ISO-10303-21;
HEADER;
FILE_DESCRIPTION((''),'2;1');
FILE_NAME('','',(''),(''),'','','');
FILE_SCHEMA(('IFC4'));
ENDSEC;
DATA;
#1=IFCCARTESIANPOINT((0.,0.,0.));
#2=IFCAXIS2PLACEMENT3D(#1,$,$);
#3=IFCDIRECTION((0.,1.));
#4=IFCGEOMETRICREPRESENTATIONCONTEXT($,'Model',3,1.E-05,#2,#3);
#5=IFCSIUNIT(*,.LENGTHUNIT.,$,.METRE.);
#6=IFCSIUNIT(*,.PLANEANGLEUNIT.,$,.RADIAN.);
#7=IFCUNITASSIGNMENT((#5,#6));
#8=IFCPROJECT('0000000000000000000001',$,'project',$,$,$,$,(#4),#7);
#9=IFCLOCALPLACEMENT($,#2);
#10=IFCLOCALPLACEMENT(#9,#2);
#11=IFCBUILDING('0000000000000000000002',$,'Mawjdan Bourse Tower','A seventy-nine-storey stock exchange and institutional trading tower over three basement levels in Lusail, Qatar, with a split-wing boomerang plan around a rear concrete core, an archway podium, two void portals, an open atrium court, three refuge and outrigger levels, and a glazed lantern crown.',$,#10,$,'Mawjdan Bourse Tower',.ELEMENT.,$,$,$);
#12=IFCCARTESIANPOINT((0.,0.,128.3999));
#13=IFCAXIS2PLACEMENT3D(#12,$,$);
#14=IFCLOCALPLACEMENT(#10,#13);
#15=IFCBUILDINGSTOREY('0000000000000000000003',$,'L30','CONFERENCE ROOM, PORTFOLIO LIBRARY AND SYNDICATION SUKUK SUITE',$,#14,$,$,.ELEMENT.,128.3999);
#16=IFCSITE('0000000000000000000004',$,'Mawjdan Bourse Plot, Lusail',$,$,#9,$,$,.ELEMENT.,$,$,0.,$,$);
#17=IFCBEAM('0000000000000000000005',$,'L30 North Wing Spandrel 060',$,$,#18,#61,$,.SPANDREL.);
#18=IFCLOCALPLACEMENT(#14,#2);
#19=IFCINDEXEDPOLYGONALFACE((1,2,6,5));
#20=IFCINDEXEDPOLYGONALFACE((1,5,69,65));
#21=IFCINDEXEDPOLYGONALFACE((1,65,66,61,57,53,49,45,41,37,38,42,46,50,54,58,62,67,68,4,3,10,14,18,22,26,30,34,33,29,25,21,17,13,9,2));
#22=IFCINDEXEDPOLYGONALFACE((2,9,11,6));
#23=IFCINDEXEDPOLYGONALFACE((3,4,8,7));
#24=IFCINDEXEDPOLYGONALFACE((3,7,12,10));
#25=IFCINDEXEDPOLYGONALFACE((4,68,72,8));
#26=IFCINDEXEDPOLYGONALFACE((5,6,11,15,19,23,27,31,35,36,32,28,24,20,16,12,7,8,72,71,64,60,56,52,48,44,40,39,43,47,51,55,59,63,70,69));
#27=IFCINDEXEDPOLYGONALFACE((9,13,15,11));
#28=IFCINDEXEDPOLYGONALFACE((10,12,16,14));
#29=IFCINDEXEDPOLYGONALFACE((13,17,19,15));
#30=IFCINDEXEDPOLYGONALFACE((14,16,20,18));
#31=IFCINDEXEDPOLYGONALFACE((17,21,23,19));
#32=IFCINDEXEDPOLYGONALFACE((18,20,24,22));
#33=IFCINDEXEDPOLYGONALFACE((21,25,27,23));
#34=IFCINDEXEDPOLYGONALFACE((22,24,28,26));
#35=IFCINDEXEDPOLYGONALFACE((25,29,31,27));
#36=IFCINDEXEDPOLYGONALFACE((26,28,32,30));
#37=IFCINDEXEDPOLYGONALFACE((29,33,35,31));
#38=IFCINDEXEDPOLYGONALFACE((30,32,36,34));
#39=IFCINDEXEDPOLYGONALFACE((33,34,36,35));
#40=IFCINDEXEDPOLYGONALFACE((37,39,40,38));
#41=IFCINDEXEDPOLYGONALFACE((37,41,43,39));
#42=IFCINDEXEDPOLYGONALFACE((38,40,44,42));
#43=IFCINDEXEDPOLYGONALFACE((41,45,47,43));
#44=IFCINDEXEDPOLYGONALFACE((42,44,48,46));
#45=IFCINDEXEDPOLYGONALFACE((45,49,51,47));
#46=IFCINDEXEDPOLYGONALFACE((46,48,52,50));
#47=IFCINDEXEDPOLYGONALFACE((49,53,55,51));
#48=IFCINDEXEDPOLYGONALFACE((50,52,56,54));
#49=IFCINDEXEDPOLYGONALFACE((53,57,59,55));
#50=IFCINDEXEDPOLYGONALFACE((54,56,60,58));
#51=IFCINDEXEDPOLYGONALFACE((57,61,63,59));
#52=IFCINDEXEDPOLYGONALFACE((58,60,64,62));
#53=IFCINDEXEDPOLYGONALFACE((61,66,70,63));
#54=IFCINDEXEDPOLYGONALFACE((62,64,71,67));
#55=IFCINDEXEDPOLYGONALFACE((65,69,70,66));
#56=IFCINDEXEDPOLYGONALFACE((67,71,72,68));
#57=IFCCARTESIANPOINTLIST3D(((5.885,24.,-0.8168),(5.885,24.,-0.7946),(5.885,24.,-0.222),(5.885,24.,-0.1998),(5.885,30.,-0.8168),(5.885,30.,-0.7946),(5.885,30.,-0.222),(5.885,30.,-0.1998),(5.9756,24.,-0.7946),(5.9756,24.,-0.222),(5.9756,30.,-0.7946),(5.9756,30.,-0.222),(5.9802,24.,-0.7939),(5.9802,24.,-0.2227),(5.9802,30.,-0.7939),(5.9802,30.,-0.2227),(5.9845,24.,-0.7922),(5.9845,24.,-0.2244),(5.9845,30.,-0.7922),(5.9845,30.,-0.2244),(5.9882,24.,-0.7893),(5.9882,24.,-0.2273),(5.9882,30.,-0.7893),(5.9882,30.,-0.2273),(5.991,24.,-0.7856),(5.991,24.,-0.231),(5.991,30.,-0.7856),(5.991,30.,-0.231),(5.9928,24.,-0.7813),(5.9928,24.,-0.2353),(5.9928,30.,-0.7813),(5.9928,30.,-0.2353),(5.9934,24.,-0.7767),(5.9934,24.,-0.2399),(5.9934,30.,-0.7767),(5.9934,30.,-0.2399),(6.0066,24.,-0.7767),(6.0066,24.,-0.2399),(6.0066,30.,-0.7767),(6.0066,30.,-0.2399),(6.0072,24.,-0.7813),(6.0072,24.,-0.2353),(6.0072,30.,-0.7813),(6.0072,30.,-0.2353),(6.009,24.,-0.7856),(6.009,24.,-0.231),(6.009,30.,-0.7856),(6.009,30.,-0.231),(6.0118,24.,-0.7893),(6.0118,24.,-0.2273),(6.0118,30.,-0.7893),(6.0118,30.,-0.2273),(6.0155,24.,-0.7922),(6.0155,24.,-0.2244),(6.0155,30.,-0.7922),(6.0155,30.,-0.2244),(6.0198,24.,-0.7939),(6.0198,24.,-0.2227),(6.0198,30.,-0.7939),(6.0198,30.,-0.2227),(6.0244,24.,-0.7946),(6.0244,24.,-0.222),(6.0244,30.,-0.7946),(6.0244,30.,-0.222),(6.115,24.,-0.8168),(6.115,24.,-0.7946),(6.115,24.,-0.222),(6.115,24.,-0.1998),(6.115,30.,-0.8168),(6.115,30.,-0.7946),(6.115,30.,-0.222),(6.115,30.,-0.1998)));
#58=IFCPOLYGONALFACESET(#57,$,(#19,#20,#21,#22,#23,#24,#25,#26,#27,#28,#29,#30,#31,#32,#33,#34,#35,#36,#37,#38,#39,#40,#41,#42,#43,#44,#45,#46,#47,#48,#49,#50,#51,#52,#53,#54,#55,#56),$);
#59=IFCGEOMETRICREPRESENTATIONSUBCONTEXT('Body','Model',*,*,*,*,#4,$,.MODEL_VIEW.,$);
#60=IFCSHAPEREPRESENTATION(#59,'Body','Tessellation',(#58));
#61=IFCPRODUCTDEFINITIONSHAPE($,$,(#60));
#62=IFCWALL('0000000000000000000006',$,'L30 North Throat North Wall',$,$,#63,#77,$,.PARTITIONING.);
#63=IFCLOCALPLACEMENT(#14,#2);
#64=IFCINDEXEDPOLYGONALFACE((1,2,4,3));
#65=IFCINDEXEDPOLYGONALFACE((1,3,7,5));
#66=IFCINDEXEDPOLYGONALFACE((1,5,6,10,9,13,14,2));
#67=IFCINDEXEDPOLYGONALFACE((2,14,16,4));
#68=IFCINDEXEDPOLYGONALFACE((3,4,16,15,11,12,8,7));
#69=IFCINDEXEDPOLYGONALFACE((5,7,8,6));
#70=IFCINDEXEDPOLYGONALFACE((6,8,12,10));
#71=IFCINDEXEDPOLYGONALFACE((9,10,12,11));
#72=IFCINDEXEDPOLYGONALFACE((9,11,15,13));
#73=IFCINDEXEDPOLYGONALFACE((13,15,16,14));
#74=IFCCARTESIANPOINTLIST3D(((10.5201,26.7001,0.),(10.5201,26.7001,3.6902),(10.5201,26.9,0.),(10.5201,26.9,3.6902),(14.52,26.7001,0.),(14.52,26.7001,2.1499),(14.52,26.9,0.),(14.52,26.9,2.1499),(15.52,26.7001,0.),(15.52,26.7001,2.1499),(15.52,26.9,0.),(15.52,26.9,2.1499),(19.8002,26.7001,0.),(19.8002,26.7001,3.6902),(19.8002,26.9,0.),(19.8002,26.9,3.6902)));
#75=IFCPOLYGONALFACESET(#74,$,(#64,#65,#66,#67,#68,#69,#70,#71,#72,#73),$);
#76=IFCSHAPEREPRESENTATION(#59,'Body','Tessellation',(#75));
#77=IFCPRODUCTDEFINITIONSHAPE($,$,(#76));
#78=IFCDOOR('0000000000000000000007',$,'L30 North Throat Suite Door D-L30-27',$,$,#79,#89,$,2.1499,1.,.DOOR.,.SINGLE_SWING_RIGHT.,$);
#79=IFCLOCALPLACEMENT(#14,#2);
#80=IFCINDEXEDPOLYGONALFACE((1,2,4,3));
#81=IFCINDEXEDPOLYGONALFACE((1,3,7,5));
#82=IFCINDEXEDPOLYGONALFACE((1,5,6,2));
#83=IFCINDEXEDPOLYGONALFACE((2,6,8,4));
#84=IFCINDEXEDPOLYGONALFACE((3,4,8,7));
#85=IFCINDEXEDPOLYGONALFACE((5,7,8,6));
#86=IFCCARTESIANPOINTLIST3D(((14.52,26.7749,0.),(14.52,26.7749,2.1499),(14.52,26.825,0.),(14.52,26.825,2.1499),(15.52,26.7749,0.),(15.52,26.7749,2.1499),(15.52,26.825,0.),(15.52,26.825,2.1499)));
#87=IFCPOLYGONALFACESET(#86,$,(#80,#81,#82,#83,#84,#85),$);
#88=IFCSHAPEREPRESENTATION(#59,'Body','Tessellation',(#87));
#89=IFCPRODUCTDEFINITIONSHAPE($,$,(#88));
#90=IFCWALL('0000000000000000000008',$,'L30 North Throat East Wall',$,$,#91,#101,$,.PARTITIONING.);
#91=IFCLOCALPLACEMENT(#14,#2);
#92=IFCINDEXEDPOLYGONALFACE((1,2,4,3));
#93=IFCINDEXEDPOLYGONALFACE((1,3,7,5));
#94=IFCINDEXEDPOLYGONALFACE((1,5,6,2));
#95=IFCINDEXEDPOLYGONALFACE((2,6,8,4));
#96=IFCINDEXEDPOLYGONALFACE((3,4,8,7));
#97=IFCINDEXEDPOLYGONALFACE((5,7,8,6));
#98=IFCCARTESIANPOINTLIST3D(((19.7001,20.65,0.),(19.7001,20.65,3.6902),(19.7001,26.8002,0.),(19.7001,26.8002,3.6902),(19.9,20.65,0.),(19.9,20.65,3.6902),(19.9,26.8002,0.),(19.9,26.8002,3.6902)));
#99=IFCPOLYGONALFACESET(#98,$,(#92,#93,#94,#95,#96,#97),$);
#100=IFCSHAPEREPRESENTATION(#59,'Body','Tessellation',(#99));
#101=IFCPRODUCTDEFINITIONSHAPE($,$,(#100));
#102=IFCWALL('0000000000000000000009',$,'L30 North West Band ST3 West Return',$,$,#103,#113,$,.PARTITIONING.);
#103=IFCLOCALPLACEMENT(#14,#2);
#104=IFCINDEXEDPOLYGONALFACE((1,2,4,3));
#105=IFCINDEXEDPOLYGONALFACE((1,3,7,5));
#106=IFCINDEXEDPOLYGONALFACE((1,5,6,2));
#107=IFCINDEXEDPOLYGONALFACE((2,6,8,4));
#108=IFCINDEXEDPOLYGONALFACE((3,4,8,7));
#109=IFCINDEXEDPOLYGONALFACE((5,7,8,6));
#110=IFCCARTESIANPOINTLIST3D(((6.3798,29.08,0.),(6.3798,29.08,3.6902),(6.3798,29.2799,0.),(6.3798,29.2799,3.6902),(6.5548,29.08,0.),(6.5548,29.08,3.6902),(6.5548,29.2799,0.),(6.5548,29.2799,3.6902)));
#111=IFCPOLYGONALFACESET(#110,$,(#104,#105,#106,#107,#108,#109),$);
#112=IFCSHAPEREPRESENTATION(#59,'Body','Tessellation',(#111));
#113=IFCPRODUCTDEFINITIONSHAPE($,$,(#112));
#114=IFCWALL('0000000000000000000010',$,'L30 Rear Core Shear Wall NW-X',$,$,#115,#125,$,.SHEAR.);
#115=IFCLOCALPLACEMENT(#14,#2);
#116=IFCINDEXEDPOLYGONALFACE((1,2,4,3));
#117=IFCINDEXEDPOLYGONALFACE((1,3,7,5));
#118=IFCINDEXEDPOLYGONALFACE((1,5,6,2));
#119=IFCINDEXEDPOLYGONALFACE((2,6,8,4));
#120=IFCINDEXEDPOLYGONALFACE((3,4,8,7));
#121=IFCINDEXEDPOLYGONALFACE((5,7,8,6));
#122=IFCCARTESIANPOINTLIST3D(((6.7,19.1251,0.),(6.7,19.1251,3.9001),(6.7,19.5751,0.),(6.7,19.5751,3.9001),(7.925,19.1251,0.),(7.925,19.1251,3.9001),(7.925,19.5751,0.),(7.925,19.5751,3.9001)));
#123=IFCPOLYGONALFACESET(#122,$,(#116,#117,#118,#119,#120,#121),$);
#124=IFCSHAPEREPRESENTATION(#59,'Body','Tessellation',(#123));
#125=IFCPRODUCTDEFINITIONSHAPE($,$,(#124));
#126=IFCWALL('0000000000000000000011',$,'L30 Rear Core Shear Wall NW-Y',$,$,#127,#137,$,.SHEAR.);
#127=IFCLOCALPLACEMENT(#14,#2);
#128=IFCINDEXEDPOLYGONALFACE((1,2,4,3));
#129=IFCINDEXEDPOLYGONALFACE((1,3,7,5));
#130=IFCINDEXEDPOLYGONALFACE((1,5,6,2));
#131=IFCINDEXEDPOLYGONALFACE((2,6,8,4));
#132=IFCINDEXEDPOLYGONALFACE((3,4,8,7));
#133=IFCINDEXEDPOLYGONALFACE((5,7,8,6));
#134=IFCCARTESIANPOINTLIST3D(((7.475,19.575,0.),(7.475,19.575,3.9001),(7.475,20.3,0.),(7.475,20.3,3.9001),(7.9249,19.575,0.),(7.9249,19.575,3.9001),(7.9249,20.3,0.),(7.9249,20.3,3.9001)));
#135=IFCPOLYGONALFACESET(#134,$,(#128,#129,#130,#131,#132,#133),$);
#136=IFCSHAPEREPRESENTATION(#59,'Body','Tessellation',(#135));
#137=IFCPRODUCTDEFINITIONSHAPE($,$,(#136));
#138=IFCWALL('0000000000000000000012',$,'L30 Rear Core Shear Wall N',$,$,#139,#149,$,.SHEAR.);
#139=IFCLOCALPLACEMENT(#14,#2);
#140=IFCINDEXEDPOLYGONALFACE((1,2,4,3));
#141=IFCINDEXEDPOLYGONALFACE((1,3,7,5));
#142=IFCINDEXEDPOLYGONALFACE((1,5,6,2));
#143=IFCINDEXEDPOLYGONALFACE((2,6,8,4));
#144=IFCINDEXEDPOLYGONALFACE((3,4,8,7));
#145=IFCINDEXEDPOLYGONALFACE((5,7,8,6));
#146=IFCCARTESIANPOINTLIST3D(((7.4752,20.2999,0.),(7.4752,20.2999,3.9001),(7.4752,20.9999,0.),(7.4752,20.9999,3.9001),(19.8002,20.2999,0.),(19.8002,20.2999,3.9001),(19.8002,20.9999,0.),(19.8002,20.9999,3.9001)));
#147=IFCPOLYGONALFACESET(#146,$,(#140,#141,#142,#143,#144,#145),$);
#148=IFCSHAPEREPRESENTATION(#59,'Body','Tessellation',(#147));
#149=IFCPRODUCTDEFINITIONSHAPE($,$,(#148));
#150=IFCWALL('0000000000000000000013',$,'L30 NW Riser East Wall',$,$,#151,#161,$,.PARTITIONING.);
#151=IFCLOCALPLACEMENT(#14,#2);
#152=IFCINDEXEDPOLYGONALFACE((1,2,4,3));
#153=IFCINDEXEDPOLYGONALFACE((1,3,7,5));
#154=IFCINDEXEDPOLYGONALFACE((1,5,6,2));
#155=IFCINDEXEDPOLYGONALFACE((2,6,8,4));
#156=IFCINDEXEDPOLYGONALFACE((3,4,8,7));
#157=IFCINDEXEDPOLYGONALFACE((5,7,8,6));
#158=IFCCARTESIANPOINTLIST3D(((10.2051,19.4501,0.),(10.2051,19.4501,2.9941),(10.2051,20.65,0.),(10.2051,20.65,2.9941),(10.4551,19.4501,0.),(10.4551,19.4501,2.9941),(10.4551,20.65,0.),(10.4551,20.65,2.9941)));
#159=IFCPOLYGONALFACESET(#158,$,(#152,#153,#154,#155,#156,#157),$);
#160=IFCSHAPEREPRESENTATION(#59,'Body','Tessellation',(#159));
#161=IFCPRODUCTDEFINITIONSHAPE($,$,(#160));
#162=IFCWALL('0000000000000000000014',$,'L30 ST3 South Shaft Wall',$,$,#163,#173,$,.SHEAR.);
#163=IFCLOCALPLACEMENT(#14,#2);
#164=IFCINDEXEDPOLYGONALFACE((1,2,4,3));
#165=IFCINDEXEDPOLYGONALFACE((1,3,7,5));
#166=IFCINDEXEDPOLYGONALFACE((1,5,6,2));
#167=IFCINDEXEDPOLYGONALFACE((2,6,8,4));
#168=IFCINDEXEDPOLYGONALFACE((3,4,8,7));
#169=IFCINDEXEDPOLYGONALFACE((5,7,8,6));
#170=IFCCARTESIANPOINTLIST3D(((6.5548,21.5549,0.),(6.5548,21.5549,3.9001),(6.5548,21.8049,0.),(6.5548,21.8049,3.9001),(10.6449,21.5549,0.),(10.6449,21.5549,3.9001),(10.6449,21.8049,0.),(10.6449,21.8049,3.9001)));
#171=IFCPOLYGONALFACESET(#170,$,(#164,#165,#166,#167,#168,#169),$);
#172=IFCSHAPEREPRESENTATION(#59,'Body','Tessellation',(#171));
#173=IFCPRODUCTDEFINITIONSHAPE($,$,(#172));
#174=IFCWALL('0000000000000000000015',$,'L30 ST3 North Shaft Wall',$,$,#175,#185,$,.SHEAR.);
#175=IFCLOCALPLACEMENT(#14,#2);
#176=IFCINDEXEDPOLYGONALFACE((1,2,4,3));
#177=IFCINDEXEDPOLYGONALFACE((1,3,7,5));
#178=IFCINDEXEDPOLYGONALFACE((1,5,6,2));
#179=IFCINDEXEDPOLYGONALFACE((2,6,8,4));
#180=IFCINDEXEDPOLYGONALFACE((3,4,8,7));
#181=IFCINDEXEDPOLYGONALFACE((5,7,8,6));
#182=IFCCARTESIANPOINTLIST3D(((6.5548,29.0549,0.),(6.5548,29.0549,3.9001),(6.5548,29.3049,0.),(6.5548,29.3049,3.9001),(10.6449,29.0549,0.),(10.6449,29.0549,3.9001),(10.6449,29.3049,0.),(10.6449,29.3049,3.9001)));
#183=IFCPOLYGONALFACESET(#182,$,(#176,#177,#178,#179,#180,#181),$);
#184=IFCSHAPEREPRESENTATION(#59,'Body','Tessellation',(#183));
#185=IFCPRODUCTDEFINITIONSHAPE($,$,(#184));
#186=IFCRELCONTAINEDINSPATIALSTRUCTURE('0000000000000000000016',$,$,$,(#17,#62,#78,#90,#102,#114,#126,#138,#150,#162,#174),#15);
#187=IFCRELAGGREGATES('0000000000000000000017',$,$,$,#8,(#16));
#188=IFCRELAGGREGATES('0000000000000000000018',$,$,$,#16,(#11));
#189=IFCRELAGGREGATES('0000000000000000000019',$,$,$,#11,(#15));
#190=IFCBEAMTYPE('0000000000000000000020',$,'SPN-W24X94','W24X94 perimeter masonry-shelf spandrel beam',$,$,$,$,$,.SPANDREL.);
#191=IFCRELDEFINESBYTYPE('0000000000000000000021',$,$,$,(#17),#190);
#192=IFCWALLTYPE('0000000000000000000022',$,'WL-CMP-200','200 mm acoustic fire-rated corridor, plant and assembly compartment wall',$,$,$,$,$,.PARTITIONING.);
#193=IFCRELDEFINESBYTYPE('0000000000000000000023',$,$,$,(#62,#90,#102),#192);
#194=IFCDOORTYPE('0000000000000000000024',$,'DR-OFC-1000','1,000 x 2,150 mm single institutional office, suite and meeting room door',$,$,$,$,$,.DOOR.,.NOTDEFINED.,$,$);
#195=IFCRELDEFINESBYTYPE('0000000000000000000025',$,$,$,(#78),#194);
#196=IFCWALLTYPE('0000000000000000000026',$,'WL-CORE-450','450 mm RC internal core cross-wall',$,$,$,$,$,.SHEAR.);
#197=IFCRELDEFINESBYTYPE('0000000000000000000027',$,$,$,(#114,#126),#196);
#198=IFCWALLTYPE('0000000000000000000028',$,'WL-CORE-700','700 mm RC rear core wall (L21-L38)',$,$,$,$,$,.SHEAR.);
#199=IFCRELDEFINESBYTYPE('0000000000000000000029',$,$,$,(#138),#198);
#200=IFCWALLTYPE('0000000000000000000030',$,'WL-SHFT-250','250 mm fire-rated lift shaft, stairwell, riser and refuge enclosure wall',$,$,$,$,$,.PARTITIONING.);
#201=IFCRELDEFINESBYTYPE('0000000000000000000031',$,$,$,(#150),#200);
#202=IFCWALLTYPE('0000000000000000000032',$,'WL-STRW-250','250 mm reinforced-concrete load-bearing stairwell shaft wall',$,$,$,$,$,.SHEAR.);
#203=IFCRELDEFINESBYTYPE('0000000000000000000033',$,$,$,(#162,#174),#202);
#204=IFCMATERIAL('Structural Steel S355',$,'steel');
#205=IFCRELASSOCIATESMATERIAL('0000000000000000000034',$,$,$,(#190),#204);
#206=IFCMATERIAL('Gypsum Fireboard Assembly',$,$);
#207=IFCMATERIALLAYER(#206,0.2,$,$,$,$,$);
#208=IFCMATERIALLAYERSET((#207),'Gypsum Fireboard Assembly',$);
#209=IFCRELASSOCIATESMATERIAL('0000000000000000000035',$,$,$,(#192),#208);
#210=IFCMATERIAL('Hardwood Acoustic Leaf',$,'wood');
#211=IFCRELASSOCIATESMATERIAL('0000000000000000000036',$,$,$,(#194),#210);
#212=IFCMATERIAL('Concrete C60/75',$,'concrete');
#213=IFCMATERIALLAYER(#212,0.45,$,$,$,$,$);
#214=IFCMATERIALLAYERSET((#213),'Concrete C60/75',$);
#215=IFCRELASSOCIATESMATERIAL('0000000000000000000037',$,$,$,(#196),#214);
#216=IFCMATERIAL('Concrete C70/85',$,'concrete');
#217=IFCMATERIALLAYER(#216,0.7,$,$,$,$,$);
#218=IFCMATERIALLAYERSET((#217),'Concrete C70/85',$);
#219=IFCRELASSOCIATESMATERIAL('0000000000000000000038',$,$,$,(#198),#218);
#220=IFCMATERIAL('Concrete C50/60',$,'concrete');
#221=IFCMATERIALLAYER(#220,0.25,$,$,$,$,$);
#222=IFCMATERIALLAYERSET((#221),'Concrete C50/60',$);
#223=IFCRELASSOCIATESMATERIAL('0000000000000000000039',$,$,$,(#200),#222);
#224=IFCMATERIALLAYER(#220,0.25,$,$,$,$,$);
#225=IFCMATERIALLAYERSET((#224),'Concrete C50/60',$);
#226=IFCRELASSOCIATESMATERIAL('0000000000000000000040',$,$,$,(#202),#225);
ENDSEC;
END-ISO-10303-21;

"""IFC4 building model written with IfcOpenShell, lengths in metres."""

from ifc_helpers import new_model, si_unit, direction, frame, frame_2d, origin, origin_2d, place, context, subcontext, project, spatial, rectangle, i_section, extrude, material, layer, layer_set, material_profile, profile_set, type_object, element, fill, save


model = new_model("IFC4")

# Units and contexts
model_context = context("Model", 3, precision=1e-05, world=origin(), true_north=direction((0.0, 1.0)))
body_context = subcontext(model_context, "Body", "Model", "MODEL_VIEW")
ifc_project = project(units=[si_unit("LENGTHUNIT", "METRE"), si_unit("PLANEANGLEUNIT", "RADIAN")], contexts=[model_context])

# Site, building, storey
site_placement = place(None, origin())
site = spatial("IfcSite", under=ifc_project, at=site_placement, Name="Mawjdan Bourse Plot, Lusail", CompositionType="ELEMENT", RefElevation=0.0)
building_placement = place(site_placement, origin())
building = spatial("IfcBuilding", under=site, at=building_placement, Name="Mawjdan Bourse Tower", Description="A seventy-nine-storey stock exchange and institutional trading tower over three basement levels in Lusail, Qatar, with a split-wing boomerang plan around a rear concrete core, an archway podium, two void portals, an open atrium court, three refuge and outrigger levels, and a glazed lantern crown.", LongName="Mawjdan Bourse Tower", CompositionType="ELEMENT")
storey_placement = place(building_placement, frame((0.0, 0.0, 128.3999)))
storey = spatial("IfcBuildingStorey", under=building, at=storey_placement, Name="L30", Description="CONFERENCE ROOM, PORTFOLIO LIBRARY AND SYNDICATION SUKUK SUITE", CompositionType="ELEMENT", Elevation=128.3999)

# Shared definitions
ifc_material_1 = material(Name="Concrete C70/85", Category="concrete")

# Beam
ifc_material_2 = material(Name="Structural Steel S355", Category="steel")
ifc_material_profile_1 = material_profile(ifc_material_2, i_section(OverallWidth=0.23, OverallDepth=0.6169, WebThickness=0.0132, FlangeThickness=0.0222, FilletRadius=0.0178, at=origin_2d()), Name="W24X94")
ifc_profile_set_1 = profile_set([ifc_material_profile_1], Name="Structural Steel S355")
beam_type_1 = type_object("IfcBeamType", Name="SPN-W24X94", Description="W24X94 perimeter masonry-shelf spandrel beam", PredefinedType="SPANDREL", material=ifc_profile_set_1)
beam_1_placement = place(storey_placement, frame((6.0, 24.0, -0.5083), z_axis=(0.0, 1.0, 0.0), x_axis=(-1.0, 0.0, 0.0)))
element("IfcBeam", 1, at=beam_1_placement, inside=storey, type_object=beam_type_1, Name="L30 North Wing Spandrel 060", PredefinedType="SPANDREL", context=body_context, shape_type="SweptSolid", body=[
    extrude(i_section(OverallWidth=0.23, OverallDepth=0.6169, WebThickness=0.0132, FlangeThickness=0.0222, FilletRadius=0.0178, at=origin_2d()), origin(), (0.0, 0.0, 1.0), 6.0),
])

# Wall, opening, door
ifc_material_3 = material(Name="Gypsum Fireboard Assembly")
ifc_layer_1 = layer(ifc_material_3, 0.2)
ifc_layer_set_1 = layer_set([ifc_layer_1], Name="Gypsum Fireboard Assembly")
wall_type_1 = type_object("IfcWallType", Name="WL-CMP-200", Description="200 mm acoustic fire-rated corridor, plant and assembly compartment wall", PredefinedType="PARTITIONING", material=ifc_layer_set_1)
wall_1_placement = place(storey_placement, frame((10.52, 26.8, 0.0), z_axis=(0.0, 0.0, 1.0), x_axis=(1.0, 0.0, 0.0)))
wall_1 = element("IfcWall", 2, at=wall_1_placement, inside=storey, type_object=wall_type_1, Name="L30 North Throat North Wall", PredefinedType="PARTITIONING", context=body_context, shape_type="SweptSolid", body=[
    extrude(rectangle(XDim=9.28, YDim=0.2, at=frame_2d((4.6401, 0.0))), origin(), (0.0, 0.0, 1.0), 3.6902),
])
opening_1_placement = place(wall_1_placement, frame((4.0, 0.0, 0.0)))
opening_1 = element("IfcOpeningElement", 3, at=opening_1_placement, cuts=wall_1, PredefinedType="OPENING", context=body_context, shape_type="SweptSolid", body=[
    extrude(rectangle(XDim=1.0, YDim=2.1499, at=frame_2d((0.5, 1.075))), frame((0.0, 0.1099, 0.0), z_axis=(0.0, -1.0, 0.0), x_axis=(1.0, 0.0, 0.0)), (0.0, 0.0, 1.0), 0.22),
])
ifc_material_4 = material(Name="Hardwood Acoustic Leaf", Category="wood")
door_type_1 = type_object("IfcDoorType", Name="DR-OFC-1000", Description="1,000 x 2,150 mm single institutional office, suite and meeting room door", OperationType="NOTDEFINED", PredefinedType="DOOR", material=ifc_material_4)
door_1_placement = place(opening_1_placement, origin())
door_1 = element("IfcDoor", 4, at=door_1_placement, inside=storey, type_object=door_type_1, Name="L30 North Throat Suite Door D-L30-27", OperationType="SINGLE_SWING_RIGHT", OverallHeight=2.1499, OverallWidth=1.0, PredefinedType="DOOR", context=body_context, shape_type="SweptSolid", body=[
    extrude(rectangle(XDim=1.0, YDim=2.1499, at=frame_2d((0.5, 1.075))), frame((0.0, 0.0249, 0.0), z_axis=(0.0, -1.0, 0.0), x_axis=(1.0, 0.0, 0.0)), (0.0, 0.0, 1.0), 0.05),
])
fill(opening_1, door_1)

# Walls
wall_2_placement = place(storey_placement, frame((19.8, 20.6499, 0.0), z_axis=(0.0, 0.0, 1.0), x_axis=(0.0, 1.0, 0.0)))
element("IfcWall", 5, at=wall_2_placement, inside=storey, type_object=wall_type_1, Name="L30 North Throat East Wall", PredefinedType="PARTITIONING", context=body_context, shape_type="SweptSolid", body=[
    extrude(rectangle(XDim=6.1501, YDim=0.2, at=frame_2d((3.0752, 0.0))), origin(), (0.0, 0.0, 1.0), 3.6902),
])
wall_3_placement = place(storey_placement, frame((6.3799, 29.1799, 0.0), z_axis=(0.0, 0.0, 1.0), x_axis=(1.0, 0.0, 0.0)))
element("IfcWall", 6, at=wall_3_placement, inside=storey, type_object=wall_type_1, Name="L30 North West Band ST3 West Return", PredefinedType="PARTITIONING", context=body_context, shape_type="SweptSolid", body=[
    extrude(rectangle(XDim=0.175, YDim=0.2, at=frame_2d((0.0874, 0.0))), origin(), (0.0, 0.0, 1.0), 3.6902),
])
ifc_material_5 = material(Name="Concrete C60/75", Category="concrete")
ifc_layer_2 = layer(ifc_material_5, 0.45)
ifc_layer_set_2 = layer_set([ifc_layer_2], Name="Concrete C60/75")
wall_type_2 = type_object("IfcWallType", Name="WL-CORE-450", Description="450 mm RC internal core cross-wall", PredefinedType="SHEAR", material=ifc_layer_set_2)
wall_4_placement = place(storey_placement, frame((6.7, 19.3501, 0.0), z_axis=(0.0, 0.0, 1.0), x_axis=(1.0, 0.0, 0.0)))
element("IfcWall", 7, at=wall_4_placement, inside=storey, type_object=wall_type_2, Name="L30 Rear Core Shear Wall NW-X", PredefinedType="SHEAR", context=body_context, shape_type="SweptSolid", body=[
    extrude(rectangle(XDim=1.2251, YDim=0.45, at=frame_2d((0.6125, 0.0))), origin(), (0.0, 0.0, 1.0), 3.9001),
])
wall_5_placement = place(storey_placement, frame((7.7, 19.575, 0.0), z_axis=(0.0, 0.0, 1.0), x_axis=(0.0, 1.0, 0.0)))
element("IfcWall", 8, at=wall_5_placement, inside=storey, type_object=wall_type_2, Name="L30 Rear Core Shear Wall NW-Y", PredefinedType="SHEAR", context=body_context, shape_type="SweptSolid", body=[
    extrude(rectangle(XDim=0.7251, YDim=0.45, at=frame_2d((0.3625, 0.0))), origin(), (0.0, 0.0, 1.0), 3.9001),
])
ifc_layer_3 = layer(ifc_material_1, 0.7)
ifc_layer_set_3 = layer_set([ifc_layer_3], Name="Concrete C70/85")
wall_type_3 = type_object("IfcWallType", Name="WL-CORE-700", Description="700 mm RC rear core wall (L21-L38)", PredefinedType="SHEAR", material=ifc_layer_set_3)
wall_6_placement = place(storey_placement, frame((7.4751, 20.6499, 0.0), z_axis=(0.0, 0.0, 1.0), x_axis=(1.0, 0.0, 0.0)))
element("IfcWall", 9, at=wall_6_placement, inside=storey, type_object=wall_type_3, Name="L30 Rear Core Shear Wall N", PredefinedType="SHEAR", context=body_context, shape_type="SweptSolid", body=[
    extrude(rectangle(XDim=12.325, YDim=0.7, at=frame_2d((6.1626, 0.0))), origin(), (0.0, 0.0, 1.0), 3.9001),
])
ifc_material_6 = material(Name="Concrete C50/60", Category="concrete")
ifc_layer_4 = layer(ifc_material_6, 0.25)
ifc_layer_set_4 = layer_set([ifc_layer_4], Name="Concrete C50/60")
wall_type_4 = type_object("IfcWallType", Name="WL-SHFT-250", Description="250 mm fire-rated lift shaft, stairwell, riser and refuge enclosure wall", PredefinedType="PARTITIONING", material=ifc_layer_set_4)
wall_7_placement = place(storey_placement, frame((10.3301, 19.45, 0.0), z_axis=(0.0, 0.0, 1.0), x_axis=(0.0, 1.0, 0.0)))
element("IfcWall", 10, at=wall_7_placement, inside=storey, type_object=wall_type_4, Name="L30 NW Riser East Wall", PredefinedType="PARTITIONING", context=body_context, shape_type="SweptSolid", body=[
    extrude(rectangle(XDim=1.2, YDim=0.25, at=frame_2d((0.6001, 0.0))), origin(), (0.0, 0.0, 1.0), 2.9941),
])
ifc_layer_5 = layer(ifc_material_6, 0.25)
ifc_layer_set_5 = layer_set([ifc_layer_5], Name="Concrete C50/60")
wall_type_5 = type_object("IfcWallType", Name="WL-STRW-250", Description="250 mm reinforced-concrete load-bearing stairwell shaft wall", PredefinedType="SHEAR", material=ifc_layer_set_5)
for number, where, z_axis, x_axis, name in (
    (11, (6.5549, 21.6799, 0.0), (0.0, 0.0, 1.0), (1.0, 0.0, 0.0), "L30 ST3 South Shaft Wall"),
    (12, (6.5549, 29.1799, 0.0), (0.0, 0.0, 1.0), (1.0, 0.0, 0.0), "L30 ST3 North Shaft Wall"),
):
    element("IfcWall", number, at=place(storey_placement, frame(where, z_axis=z_axis, x_axis=x_axis)), inside=storey, type_object=wall_type_5, Name=name, PredefinedType="SHEAR", context=body_context, shape_type="SweptSolid", body=[
        extrude(rectangle(XDim=4.0901, YDim=0.25, at=frame_2d((2.0449, 0.0))), origin(), (0.0, 0.0, 1.0), 3.9001),
    ])

save(model, "model.ifc")
